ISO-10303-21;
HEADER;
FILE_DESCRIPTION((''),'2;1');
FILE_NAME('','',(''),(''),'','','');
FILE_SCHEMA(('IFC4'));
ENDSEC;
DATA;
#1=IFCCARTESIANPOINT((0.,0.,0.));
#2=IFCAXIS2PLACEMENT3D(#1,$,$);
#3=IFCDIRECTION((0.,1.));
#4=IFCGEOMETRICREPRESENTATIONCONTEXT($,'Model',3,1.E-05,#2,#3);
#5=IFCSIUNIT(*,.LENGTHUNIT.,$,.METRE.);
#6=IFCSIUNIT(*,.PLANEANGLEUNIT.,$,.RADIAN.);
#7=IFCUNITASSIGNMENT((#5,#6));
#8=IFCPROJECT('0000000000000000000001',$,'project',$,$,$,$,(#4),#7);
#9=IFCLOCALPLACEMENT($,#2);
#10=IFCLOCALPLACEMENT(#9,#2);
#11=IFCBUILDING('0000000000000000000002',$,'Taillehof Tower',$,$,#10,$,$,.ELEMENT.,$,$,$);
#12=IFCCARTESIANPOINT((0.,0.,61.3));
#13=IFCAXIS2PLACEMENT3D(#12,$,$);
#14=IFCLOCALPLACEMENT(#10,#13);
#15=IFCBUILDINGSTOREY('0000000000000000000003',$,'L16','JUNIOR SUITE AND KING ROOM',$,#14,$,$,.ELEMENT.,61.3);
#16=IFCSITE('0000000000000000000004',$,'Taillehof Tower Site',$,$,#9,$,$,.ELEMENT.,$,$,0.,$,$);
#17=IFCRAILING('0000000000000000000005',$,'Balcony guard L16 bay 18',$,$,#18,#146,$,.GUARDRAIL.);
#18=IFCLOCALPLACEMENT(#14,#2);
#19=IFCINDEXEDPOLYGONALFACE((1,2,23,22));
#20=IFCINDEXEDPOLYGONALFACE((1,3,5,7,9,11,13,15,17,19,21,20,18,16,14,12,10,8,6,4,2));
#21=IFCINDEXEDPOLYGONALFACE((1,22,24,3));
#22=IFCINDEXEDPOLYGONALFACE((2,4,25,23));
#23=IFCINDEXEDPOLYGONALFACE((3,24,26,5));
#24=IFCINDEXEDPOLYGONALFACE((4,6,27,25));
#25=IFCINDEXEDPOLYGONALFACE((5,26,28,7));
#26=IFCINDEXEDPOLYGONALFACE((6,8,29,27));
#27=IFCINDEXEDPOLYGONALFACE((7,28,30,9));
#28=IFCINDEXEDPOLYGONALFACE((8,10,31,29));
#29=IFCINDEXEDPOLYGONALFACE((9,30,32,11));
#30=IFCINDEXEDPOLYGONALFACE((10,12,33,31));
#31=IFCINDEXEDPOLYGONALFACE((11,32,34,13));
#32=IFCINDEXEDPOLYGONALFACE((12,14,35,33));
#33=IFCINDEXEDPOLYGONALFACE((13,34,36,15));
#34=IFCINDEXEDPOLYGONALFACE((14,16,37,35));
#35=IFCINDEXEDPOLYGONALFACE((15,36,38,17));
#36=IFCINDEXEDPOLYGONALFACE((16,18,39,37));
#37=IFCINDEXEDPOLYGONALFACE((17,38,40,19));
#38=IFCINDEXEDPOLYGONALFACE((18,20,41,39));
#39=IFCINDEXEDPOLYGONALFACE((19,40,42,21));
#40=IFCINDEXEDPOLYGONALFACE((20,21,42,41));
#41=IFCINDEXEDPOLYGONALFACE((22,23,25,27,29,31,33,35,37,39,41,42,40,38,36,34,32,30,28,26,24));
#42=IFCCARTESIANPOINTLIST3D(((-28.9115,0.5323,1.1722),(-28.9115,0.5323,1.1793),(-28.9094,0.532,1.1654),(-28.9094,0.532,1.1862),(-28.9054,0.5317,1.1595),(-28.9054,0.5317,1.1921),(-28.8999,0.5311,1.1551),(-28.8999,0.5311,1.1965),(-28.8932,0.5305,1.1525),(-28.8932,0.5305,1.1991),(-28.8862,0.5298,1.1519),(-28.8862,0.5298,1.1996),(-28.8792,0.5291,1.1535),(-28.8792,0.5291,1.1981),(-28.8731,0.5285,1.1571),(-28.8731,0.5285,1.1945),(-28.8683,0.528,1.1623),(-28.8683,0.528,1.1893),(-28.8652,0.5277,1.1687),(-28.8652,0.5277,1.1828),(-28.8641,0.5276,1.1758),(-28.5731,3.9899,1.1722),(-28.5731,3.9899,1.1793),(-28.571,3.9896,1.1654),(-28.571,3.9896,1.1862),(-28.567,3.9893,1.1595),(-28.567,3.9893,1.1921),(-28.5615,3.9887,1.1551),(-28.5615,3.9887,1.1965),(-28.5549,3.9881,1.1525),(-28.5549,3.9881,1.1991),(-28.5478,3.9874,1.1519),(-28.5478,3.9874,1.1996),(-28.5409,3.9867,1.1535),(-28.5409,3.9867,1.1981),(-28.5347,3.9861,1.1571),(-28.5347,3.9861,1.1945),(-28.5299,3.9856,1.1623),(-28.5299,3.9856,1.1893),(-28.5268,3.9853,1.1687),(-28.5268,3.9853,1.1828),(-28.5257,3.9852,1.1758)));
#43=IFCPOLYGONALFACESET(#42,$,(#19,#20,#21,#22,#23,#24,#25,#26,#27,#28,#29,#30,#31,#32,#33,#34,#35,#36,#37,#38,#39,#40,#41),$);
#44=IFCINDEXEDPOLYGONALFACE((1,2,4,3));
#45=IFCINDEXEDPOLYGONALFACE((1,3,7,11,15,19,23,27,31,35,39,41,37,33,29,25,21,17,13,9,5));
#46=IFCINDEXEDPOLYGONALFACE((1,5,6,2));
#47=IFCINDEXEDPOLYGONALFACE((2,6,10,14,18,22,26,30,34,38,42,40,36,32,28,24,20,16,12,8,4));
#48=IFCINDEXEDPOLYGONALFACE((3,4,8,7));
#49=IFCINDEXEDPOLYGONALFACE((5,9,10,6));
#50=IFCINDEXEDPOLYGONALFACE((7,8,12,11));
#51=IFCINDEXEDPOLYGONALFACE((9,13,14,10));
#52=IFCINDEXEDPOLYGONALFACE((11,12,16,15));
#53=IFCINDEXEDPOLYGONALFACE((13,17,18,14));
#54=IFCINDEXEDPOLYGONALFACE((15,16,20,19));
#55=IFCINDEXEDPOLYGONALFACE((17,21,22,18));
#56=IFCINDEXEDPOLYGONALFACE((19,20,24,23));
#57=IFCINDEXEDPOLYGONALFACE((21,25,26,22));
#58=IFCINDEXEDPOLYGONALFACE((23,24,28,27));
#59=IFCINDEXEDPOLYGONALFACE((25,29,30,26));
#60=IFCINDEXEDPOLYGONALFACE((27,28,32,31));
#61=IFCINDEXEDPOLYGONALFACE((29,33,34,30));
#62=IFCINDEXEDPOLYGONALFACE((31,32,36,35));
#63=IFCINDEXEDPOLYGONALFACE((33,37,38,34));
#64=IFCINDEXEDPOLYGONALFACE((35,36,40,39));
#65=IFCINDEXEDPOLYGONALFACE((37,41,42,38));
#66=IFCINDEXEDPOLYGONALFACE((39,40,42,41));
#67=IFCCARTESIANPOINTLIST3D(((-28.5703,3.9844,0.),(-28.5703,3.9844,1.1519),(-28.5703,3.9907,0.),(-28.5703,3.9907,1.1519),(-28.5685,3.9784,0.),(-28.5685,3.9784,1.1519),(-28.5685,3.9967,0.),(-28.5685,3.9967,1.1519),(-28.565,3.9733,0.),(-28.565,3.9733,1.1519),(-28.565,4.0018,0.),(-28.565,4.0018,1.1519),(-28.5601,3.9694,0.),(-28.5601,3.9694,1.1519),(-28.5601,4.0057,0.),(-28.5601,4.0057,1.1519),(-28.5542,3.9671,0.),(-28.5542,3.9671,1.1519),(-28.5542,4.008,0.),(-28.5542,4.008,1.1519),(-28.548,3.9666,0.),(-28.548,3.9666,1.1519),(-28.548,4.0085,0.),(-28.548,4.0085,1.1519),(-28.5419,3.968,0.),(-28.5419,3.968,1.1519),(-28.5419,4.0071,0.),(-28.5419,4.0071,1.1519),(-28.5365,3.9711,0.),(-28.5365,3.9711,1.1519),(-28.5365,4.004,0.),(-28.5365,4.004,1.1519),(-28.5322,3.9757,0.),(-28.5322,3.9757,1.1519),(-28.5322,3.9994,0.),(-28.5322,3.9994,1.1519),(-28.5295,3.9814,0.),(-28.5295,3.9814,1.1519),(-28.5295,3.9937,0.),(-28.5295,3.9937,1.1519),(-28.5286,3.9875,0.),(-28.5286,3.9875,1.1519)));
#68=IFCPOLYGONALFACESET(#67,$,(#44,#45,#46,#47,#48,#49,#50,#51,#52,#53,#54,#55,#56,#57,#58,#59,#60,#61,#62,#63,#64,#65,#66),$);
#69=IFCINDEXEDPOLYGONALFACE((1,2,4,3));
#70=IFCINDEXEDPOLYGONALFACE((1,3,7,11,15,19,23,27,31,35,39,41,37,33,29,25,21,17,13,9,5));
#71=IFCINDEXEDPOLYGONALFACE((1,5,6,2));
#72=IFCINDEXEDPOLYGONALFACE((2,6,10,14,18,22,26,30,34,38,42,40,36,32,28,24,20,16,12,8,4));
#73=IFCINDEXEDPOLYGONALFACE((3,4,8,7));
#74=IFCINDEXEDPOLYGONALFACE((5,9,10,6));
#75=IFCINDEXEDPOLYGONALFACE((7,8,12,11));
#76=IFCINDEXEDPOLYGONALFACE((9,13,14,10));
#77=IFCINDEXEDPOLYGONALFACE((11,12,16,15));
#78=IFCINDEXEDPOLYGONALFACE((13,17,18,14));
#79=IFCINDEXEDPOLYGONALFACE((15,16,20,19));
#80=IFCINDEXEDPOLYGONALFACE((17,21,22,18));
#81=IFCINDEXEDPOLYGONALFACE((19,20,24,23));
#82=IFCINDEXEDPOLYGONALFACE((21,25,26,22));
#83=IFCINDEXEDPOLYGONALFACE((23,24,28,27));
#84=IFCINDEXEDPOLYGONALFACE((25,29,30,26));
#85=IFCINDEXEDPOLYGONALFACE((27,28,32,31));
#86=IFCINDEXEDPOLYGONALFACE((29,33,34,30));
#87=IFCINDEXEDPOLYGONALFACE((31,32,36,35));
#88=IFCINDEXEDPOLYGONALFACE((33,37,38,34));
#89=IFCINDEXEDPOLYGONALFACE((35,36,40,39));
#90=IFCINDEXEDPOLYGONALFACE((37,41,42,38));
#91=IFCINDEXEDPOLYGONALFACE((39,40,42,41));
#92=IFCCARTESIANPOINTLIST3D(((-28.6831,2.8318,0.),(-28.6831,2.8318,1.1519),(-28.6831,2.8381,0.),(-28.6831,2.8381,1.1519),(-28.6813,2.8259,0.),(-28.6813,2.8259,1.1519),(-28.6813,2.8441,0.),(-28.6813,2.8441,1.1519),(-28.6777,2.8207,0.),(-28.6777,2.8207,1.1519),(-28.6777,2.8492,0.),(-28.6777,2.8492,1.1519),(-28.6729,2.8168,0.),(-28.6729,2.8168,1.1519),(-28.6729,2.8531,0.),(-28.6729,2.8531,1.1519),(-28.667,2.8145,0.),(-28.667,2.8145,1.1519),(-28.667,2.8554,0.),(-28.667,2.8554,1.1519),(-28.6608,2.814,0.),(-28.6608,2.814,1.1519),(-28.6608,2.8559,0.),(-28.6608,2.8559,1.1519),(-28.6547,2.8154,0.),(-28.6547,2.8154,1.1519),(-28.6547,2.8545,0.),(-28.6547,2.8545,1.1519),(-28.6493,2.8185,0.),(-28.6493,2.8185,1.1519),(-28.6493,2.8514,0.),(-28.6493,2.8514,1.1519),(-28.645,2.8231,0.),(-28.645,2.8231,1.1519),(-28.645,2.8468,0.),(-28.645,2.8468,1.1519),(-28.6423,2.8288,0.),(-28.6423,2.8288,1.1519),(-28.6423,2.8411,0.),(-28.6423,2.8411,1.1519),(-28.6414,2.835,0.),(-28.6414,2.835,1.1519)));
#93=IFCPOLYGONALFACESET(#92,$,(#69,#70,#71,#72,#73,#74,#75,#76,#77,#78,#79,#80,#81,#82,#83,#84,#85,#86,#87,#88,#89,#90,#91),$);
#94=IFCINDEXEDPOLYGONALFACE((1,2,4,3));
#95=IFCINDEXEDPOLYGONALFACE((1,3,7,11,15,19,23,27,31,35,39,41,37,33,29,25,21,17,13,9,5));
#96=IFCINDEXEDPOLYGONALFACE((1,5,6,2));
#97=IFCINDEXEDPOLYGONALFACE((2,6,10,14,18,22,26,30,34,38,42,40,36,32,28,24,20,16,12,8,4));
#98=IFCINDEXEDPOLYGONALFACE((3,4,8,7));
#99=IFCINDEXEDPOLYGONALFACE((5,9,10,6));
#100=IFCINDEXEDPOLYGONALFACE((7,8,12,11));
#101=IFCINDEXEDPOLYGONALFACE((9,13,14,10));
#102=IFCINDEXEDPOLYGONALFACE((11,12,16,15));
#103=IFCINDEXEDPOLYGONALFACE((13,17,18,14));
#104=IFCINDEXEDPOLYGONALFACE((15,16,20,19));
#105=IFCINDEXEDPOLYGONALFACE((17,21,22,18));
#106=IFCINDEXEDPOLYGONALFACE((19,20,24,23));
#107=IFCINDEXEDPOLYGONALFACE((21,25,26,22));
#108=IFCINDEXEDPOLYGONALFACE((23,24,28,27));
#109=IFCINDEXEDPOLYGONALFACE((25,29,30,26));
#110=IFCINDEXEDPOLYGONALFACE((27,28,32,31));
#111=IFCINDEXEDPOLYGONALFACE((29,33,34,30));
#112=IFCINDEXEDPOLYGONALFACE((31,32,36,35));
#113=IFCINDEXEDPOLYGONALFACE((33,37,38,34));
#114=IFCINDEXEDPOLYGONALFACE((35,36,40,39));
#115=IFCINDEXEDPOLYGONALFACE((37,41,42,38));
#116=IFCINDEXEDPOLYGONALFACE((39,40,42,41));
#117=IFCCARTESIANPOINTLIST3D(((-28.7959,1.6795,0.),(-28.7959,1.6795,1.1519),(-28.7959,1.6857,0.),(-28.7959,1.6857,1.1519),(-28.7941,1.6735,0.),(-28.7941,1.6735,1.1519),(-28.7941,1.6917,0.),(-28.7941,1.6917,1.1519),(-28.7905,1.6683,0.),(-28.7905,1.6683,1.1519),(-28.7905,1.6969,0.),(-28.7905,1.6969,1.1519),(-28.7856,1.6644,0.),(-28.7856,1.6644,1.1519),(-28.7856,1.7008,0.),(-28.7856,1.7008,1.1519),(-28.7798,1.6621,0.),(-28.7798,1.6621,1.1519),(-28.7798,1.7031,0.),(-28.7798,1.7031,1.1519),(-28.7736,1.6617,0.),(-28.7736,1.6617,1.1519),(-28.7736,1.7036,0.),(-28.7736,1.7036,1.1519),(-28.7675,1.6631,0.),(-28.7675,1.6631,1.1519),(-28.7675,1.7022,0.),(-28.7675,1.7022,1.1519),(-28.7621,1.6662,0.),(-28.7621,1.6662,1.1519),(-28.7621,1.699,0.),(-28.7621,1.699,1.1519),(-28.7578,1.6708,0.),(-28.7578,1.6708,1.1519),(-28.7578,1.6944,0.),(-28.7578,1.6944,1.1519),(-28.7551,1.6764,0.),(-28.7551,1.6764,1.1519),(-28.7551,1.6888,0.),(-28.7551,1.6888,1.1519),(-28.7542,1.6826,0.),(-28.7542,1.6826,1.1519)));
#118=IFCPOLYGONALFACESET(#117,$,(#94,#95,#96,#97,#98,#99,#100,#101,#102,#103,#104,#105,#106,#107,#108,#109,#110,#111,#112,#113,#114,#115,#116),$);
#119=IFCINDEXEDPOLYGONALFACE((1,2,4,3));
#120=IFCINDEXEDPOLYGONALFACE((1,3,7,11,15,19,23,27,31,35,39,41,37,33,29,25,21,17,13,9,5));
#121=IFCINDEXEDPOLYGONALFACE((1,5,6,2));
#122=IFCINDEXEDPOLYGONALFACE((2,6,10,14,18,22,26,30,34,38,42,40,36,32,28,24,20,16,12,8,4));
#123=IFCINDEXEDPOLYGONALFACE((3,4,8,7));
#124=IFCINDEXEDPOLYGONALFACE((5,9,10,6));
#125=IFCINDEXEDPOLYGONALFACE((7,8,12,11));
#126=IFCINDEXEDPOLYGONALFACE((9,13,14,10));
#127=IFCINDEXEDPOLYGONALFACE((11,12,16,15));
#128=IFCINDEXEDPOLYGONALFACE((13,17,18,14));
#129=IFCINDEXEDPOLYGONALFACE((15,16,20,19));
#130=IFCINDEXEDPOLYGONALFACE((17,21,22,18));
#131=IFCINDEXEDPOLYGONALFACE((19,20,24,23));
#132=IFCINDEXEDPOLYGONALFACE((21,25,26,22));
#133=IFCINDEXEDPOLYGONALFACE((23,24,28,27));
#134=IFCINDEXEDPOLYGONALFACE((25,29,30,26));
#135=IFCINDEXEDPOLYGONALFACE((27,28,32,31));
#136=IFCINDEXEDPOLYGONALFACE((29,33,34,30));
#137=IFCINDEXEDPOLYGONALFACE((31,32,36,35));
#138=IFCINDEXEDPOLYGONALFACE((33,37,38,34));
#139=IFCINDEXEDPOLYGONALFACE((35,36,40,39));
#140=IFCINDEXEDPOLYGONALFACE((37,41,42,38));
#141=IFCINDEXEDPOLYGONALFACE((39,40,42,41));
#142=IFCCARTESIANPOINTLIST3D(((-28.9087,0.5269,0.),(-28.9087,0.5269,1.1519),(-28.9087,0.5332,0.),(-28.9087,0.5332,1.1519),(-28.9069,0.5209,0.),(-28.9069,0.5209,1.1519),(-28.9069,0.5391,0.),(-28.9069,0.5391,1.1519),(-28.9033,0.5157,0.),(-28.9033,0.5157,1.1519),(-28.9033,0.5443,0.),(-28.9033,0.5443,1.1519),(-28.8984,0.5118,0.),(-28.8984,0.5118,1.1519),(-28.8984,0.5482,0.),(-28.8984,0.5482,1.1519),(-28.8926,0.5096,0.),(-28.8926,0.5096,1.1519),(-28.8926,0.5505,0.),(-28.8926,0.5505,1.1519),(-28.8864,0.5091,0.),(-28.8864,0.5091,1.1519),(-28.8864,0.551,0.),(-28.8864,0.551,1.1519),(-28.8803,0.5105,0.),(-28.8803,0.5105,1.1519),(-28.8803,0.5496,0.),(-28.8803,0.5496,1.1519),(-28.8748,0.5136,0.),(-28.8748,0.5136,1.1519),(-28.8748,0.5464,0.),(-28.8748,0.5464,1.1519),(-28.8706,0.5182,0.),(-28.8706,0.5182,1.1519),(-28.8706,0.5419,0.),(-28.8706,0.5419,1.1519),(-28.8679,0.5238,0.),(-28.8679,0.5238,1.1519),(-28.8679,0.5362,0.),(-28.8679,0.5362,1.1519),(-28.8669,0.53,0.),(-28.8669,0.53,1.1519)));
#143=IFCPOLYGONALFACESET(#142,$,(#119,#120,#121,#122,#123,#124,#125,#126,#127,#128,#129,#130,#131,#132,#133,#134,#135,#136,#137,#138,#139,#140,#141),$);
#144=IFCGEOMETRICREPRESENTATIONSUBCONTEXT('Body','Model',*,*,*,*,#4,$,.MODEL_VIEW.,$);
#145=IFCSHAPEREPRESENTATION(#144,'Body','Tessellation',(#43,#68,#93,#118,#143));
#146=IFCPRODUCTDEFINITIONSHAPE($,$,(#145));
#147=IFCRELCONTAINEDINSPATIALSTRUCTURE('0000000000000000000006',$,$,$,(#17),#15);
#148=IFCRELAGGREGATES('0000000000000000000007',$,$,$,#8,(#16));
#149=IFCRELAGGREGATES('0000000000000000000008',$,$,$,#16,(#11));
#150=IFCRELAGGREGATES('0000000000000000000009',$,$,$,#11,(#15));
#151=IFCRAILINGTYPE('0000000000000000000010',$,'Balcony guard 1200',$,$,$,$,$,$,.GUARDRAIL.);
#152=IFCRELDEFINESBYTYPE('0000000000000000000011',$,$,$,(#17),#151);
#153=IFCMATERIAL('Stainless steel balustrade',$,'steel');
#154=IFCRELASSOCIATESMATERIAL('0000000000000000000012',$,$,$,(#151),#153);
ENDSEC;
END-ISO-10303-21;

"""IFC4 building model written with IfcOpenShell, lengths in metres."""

from ifc_helpers import new_model, si_unit, direction, frame, origin, origin_2d, place, context, subcontext, project, spatial, circle, extrude, material, type_object, element, save


model = new_model("IFC4")

# Units and contexts
model_context = context("Model", 3, precision=1e-05, world=origin(), true_north=direction((0.0, 1.0)))
body_context = subcontext(model_context, "Body", "Model", "MODEL_VIEW")
ifc_project = project(units=[si_unit("LENGTHUNIT", "METRE"), si_unit("PLANEANGLEUNIT", "RADIAN")], contexts=[model_context])

# Site, building, storey
site_placement = place(None, origin())
site = spatial("IfcSite", under=ifc_project, at=site_placement, Name="Taillehof Tower Site", CompositionType="ELEMENT", RefElevation=0.0)
building_placement = place(site_placement, origin())
building = spatial("IfcBuilding", under=site, at=building_placement, Name="Taillehof Tower", CompositionType="ELEMENT")
storey_placement = place(building_placement, frame((0.0, 0.0, 61.3)))
storey = spatial("IfcBuildingStorey", under=building, at=storey_placement, Name="L16", Description="JUNIOR SUITE AND KING ROOM", CompositionType="ELEMENT", Elevation=61.3)

# Railing
ifc_material_1 = material(Name="Stainless steel balustrade", Category="steel")
railing_type = type_object("IfcRailingType", Name="Balcony guard 1200", PredefinedType="GUARDRAIL", material=ifc_material_1)
railing_placement = place(storey_placement, frame((-28.5496, 3.9875, 0.0)))
element("IfcRailing", 1, at=railing_placement, inside=storey, type_object=railing_type, Name="Balcony guard L16 bay 18", PredefinedType="GUARDRAIL", context=body_context, shape_type="SweptSolid", body=[
    extrude(circle(Radius=0.0239, at=origin_2d()), frame((0.0, 0.0, 1.1758), z_axis=(-0.097402, -0.995245, 0.0), x_axis=(0.995245, -0.097402, 0.0)), (0.0, 0.0, 1.0), 3.4741),
    extrude(circle(Radius=0.021, at=origin_2d()), origin(), (0.0, 0.0, 1.0), 1.1519),
    extrude(circle(Radius=0.021, at=origin_2d()), frame((-0.1128, -1.1526, 0.0)), (0.0, 0.0, 1.0), 1.1519),
    extrude(circle(Radius=0.021, at=origin_2d()), frame((-0.2256, -2.3049, 0.0)), (0.0, 0.0, 1.0), 1.1519),
    extrude(circle(Radius=0.021, at=origin_2d()), frame((-0.3384, -3.4575, 0.0)), (0.0, 0.0, 1.0), 1.1519),
])

save(model, "model.ifc")
